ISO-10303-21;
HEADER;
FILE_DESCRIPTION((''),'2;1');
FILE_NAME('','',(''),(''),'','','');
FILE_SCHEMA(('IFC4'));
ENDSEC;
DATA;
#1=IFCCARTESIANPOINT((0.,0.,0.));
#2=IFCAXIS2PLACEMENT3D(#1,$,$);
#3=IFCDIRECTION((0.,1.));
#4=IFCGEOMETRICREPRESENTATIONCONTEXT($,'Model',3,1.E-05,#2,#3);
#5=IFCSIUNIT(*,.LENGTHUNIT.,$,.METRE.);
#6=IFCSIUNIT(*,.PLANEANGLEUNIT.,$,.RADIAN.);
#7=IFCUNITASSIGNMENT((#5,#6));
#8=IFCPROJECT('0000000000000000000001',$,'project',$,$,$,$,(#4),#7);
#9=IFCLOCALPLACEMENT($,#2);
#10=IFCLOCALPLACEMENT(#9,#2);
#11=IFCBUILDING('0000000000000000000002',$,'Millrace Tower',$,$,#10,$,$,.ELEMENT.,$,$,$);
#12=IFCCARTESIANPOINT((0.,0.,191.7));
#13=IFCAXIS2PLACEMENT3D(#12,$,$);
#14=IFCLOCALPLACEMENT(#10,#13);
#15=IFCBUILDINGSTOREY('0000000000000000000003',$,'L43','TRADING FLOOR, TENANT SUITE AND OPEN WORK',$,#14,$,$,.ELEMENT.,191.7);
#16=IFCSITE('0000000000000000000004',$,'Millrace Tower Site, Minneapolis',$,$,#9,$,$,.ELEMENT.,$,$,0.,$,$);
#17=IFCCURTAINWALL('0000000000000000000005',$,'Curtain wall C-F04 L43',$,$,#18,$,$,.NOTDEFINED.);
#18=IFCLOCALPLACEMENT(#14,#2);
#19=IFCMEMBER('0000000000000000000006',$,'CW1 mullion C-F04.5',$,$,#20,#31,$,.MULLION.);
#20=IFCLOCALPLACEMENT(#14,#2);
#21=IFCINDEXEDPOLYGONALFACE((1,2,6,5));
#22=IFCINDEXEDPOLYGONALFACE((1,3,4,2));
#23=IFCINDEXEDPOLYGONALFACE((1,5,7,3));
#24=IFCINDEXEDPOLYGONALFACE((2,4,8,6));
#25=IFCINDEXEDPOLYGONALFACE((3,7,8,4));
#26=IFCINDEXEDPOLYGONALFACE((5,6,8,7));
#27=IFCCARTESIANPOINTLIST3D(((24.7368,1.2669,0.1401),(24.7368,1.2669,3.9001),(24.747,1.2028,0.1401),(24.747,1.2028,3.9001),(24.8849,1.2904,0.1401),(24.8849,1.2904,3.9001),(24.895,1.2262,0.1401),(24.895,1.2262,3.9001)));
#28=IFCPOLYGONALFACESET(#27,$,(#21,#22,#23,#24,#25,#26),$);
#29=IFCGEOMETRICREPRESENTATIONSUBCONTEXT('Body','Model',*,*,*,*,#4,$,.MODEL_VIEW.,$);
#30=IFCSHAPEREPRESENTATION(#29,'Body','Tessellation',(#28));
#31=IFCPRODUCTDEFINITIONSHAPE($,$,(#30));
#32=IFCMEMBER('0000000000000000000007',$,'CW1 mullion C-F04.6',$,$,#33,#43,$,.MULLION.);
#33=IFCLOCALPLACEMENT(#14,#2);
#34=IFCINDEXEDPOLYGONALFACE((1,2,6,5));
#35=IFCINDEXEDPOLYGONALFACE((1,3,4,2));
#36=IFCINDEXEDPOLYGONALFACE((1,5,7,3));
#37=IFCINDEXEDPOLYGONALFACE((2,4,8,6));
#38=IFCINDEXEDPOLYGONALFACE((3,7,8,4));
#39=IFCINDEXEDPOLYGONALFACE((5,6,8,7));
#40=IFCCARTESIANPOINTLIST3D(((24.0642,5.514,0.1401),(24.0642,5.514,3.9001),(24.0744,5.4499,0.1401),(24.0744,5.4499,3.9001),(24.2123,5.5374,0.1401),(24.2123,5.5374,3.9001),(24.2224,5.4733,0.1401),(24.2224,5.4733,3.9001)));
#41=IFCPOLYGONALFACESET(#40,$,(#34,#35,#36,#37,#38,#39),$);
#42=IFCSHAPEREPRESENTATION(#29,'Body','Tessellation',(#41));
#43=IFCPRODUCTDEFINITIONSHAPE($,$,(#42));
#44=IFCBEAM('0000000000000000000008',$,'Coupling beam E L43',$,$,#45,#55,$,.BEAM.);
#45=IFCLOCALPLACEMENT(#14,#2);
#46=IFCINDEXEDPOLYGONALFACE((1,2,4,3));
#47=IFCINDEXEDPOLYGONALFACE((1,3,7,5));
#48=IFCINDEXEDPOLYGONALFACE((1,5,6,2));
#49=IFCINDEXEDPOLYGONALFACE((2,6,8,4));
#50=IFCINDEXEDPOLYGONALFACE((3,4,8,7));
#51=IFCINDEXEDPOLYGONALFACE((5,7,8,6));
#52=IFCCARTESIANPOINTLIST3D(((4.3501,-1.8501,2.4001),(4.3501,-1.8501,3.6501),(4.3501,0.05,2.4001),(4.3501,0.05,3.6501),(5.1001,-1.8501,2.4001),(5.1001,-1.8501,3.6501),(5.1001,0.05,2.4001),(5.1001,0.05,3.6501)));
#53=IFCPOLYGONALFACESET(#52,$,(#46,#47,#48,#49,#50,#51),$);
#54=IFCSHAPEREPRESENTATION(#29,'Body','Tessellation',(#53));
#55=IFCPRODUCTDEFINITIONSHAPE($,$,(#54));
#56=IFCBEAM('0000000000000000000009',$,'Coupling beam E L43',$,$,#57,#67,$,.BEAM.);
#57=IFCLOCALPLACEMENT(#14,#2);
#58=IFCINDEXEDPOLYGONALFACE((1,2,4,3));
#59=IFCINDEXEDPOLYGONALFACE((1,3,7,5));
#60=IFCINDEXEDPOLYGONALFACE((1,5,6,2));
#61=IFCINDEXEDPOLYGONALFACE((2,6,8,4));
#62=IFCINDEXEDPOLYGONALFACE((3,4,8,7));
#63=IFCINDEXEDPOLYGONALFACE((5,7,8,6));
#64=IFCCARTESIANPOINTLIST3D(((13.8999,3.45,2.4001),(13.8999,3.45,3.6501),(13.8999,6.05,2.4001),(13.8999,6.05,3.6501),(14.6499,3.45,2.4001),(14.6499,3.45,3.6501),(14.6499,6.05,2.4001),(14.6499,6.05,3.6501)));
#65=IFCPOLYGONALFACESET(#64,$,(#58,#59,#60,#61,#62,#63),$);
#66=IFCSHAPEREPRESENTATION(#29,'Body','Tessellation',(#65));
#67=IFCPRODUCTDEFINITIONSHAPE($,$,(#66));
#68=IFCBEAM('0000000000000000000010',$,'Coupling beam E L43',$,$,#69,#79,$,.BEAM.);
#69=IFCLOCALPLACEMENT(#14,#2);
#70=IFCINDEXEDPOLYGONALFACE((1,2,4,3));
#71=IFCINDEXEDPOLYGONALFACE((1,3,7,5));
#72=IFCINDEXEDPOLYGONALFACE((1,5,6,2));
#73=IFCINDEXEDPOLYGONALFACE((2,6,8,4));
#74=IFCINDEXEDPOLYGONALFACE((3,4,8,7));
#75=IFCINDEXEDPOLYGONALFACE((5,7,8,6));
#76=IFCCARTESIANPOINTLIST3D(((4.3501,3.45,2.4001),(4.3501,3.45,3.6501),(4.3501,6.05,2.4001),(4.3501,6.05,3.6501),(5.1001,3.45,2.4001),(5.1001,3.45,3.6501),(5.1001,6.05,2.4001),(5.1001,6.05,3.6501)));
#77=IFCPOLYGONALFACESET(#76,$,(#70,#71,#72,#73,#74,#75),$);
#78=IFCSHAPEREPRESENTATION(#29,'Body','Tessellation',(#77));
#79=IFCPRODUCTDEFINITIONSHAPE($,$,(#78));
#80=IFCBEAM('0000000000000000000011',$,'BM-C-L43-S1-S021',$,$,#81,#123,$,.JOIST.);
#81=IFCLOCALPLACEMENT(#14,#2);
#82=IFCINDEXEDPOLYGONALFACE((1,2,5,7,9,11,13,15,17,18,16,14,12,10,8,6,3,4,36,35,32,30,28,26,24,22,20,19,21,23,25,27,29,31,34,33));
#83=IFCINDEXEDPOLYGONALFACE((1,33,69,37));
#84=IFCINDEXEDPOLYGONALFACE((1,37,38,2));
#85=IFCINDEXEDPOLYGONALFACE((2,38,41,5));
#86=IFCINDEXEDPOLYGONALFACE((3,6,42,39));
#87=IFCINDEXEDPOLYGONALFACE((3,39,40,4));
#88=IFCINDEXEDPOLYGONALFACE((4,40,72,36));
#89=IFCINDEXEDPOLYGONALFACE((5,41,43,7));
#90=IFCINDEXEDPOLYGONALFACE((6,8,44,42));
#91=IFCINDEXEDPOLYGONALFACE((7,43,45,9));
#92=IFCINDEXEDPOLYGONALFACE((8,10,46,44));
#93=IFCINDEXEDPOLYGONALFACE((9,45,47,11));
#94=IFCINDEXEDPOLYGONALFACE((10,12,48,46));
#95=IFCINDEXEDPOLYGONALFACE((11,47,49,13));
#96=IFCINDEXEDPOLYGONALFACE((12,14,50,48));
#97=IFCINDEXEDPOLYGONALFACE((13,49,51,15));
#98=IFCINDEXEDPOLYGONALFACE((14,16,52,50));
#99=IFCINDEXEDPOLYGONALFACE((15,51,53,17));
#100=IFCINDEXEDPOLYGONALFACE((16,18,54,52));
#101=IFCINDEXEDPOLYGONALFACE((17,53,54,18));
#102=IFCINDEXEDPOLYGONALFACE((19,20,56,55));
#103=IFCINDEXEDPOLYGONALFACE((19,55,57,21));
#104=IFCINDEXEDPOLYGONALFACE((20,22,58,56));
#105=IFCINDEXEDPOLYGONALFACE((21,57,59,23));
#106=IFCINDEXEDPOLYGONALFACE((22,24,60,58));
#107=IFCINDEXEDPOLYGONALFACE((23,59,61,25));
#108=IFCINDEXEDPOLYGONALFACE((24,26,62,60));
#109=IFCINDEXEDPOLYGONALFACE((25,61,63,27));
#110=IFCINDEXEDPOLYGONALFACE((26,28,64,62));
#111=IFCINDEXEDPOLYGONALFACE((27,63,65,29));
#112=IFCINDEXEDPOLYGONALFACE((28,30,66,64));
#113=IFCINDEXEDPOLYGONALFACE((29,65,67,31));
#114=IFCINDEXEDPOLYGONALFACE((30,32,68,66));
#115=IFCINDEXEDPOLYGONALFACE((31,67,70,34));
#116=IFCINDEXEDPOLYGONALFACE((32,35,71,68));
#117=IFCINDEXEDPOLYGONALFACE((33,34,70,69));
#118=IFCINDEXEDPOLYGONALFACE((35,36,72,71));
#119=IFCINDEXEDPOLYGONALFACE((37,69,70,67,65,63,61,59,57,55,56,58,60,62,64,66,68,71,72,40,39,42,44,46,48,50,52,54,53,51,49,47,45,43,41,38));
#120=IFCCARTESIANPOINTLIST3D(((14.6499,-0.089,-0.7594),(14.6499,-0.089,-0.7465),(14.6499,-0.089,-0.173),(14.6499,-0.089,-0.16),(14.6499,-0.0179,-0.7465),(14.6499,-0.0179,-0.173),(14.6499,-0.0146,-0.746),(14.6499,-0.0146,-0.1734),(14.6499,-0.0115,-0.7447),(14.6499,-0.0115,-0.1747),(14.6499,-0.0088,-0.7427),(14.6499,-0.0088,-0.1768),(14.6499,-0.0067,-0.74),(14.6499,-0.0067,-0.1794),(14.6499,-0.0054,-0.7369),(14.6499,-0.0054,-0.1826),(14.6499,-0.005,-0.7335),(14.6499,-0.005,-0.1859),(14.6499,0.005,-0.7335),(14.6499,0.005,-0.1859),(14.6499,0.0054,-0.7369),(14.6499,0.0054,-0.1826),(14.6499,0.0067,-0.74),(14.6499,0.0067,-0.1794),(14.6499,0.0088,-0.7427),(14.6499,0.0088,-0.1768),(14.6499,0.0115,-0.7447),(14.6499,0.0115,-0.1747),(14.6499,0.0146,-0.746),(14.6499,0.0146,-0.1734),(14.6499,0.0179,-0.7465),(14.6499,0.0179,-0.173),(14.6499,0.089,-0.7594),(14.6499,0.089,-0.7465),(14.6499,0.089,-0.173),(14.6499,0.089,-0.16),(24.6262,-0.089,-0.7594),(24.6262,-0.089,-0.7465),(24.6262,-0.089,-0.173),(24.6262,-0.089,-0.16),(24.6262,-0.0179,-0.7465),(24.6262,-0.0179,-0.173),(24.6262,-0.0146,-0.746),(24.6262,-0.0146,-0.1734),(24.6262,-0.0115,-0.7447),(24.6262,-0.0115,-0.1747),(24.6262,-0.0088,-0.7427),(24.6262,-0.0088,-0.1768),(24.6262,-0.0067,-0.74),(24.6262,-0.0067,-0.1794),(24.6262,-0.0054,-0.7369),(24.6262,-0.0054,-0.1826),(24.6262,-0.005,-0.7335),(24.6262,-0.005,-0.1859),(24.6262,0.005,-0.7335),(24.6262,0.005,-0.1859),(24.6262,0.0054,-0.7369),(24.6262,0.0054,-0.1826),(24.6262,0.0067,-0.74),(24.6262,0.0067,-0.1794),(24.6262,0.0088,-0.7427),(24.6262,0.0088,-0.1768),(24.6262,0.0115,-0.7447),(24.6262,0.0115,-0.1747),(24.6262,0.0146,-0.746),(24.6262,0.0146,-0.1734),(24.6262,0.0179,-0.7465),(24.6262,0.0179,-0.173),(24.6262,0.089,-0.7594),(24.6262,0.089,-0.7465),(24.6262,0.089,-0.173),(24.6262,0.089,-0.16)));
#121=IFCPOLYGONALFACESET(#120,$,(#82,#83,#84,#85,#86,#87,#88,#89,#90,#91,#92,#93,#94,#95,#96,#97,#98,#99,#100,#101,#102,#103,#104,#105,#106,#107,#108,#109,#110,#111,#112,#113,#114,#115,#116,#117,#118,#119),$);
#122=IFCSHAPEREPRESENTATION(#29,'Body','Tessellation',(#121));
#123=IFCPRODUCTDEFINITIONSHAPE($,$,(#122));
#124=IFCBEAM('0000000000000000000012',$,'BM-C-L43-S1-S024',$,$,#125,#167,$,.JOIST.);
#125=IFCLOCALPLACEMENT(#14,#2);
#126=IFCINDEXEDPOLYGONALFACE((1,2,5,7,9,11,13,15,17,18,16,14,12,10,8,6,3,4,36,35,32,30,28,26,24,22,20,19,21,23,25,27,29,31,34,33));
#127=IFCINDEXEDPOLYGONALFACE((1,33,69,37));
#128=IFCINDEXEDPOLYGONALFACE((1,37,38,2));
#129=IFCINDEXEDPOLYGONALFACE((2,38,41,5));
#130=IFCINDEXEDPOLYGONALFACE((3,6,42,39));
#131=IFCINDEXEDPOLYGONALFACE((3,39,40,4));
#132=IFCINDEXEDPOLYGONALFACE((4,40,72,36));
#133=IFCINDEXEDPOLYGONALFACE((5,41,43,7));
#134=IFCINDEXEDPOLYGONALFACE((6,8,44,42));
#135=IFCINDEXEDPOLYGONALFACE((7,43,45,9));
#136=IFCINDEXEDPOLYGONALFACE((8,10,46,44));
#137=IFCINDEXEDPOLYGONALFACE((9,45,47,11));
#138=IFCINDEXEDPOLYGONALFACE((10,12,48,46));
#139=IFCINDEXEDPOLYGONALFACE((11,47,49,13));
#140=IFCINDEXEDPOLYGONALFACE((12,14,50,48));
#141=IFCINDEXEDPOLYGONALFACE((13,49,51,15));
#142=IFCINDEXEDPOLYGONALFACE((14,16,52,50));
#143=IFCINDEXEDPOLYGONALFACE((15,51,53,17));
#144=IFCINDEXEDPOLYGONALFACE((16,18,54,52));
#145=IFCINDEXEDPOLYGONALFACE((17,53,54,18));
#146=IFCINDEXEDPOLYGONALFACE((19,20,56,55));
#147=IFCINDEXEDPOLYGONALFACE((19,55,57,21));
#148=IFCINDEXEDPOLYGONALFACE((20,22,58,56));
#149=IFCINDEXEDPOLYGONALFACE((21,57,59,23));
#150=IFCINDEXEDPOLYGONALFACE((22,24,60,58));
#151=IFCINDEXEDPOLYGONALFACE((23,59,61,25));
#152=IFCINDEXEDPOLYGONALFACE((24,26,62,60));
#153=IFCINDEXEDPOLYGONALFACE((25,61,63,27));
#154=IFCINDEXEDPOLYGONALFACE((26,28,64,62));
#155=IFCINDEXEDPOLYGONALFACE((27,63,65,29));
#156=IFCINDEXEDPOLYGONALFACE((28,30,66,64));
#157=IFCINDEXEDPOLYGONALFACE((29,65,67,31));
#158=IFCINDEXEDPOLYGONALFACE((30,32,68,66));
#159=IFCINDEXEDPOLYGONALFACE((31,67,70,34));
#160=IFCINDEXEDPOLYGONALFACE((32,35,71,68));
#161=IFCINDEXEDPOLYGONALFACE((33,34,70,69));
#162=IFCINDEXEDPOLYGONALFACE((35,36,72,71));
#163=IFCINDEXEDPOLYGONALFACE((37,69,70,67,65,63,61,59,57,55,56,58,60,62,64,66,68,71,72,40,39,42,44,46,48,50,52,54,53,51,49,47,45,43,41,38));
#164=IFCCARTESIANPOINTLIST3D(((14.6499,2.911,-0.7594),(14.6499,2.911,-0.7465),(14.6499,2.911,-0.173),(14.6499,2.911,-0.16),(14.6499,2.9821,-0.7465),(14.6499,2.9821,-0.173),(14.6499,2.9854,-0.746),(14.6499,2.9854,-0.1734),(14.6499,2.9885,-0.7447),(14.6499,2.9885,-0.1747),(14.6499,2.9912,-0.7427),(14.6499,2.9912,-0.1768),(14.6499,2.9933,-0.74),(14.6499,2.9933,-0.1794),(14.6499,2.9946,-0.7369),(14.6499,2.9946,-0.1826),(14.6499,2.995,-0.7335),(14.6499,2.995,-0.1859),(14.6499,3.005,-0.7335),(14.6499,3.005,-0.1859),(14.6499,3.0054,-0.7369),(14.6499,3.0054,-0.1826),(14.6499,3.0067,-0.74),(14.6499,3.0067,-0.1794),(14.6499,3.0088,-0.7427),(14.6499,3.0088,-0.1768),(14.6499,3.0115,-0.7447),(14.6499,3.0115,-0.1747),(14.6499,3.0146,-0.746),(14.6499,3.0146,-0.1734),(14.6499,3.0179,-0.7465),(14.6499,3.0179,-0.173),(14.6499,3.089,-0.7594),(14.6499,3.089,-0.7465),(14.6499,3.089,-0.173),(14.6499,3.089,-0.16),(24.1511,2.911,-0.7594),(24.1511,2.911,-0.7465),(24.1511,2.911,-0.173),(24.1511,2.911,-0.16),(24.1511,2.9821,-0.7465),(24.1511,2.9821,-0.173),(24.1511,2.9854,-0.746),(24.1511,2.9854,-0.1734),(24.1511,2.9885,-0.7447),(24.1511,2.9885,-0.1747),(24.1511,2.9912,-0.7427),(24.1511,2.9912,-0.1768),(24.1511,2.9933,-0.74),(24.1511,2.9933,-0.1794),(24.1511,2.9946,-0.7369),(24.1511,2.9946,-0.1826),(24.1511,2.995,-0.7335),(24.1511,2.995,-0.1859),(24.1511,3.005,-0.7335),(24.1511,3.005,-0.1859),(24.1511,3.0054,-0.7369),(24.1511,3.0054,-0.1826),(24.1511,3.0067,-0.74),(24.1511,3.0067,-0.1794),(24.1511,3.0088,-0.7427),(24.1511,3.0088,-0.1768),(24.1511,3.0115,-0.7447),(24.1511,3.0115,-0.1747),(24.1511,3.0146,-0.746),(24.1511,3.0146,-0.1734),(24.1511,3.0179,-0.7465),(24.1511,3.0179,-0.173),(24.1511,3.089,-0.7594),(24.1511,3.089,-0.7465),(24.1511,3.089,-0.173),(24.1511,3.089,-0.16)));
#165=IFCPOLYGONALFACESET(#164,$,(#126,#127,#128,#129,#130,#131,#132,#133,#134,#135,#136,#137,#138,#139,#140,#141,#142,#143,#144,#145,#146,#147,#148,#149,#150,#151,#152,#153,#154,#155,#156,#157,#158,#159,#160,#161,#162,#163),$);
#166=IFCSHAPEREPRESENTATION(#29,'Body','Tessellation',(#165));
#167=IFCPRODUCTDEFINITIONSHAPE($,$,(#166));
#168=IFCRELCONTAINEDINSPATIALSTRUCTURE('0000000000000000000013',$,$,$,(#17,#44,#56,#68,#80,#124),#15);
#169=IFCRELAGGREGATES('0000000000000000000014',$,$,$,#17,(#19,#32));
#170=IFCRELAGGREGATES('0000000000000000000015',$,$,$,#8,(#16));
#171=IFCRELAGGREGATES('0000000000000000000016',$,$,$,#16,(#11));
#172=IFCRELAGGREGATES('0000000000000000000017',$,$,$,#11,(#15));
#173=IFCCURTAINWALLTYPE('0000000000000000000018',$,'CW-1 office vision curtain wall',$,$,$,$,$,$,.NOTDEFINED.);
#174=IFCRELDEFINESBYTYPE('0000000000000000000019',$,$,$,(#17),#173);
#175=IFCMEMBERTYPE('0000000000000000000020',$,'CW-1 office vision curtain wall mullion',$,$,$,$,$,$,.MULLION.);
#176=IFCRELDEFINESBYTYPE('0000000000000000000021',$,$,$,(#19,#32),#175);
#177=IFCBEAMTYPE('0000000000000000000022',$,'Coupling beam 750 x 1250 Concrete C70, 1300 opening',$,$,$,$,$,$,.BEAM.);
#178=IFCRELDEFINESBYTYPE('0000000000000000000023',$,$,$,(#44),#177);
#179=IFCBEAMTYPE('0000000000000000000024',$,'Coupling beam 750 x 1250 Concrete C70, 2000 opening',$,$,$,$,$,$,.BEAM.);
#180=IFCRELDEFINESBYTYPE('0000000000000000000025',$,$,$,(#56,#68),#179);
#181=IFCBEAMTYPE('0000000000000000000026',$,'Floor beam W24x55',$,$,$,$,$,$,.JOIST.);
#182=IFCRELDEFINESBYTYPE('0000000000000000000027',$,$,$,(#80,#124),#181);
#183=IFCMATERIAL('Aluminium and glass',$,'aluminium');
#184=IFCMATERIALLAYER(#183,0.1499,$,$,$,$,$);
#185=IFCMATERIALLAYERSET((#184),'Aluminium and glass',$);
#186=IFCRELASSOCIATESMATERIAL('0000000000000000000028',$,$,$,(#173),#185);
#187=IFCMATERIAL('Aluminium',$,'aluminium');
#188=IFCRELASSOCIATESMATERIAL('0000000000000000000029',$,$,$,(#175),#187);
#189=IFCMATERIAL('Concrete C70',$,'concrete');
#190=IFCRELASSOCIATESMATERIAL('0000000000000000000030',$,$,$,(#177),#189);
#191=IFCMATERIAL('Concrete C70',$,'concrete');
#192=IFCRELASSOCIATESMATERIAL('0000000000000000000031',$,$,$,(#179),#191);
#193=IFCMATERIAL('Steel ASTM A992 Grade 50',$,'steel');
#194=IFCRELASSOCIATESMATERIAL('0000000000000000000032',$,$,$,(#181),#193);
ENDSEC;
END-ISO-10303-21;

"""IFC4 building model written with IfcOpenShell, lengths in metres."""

from ifc_helpers import new_model, si_unit, direction, frame, origin, origin_2d, place, context, subcontext, project, spatial, rectangle, i_section, extrude, material, layer, layer_set, material_profile, profile_set, type_object, element, aggregate, save


model = new_model("IFC4")

# Units and contexts
model_context = context("Model", 3, precision=1e-05, world=origin(), true_north=direction((0.0, 1.0)))
body_context = subcontext(model_context, "Body", "Model", "MODEL_VIEW")
ifc_project = project(units=[si_unit("LENGTHUNIT", "METRE"), si_unit("PLANEANGLEUNIT", "RADIAN")], contexts=[model_context])

# Site, building, storey
site_placement = place(None, origin())
site = spatial("IfcSite", under=ifc_project, at=site_placement, Name="Millrace Tower Site, Minneapolis", CompositionType="ELEMENT", RefElevation=0.0)
building_placement = place(site_placement, origin())
building = spatial("IfcBuilding", under=site, at=building_placement, Name="Millrace Tower", CompositionType="ELEMENT")
storey_placement = place(building_placement, frame((0.0, 0.0, 191.7)))
storey = spatial("IfcBuildingStorey", under=building, at=storey_placement, Name="L43", Description="TRADING FLOOR, TENANT SUITE AND OPEN WORK", CompositionType="ELEMENT", Elevation=191.7)

# Curtain wall, members
ifc_material_1 = material(Name="Aluminium and glass", Category="aluminium")
ifc_layer_1 = layer(ifc_material_1, 0.1499)
ifc_layer_set_1 = layer_set([ifc_layer_1], Name="Aluminium and glass")
curtain_wall_type = type_object("IfcCurtainWallType", Name="CW-1 office vision curtain wall", PredefinedType="NOTDEFINED", material=ifc_layer_set_1)
curtain_wall_placement = place(storey_placement, origin())
curtain_wall = element("IfcCurtainWall", 1, at=curtain_wall_placement, inside=storey, type_object=curtain_wall_type, Name="Curtain wall C-F04 L43", PredefinedType="NOTDEFINED")
ifc_material_2 = material(Name="Aluminium", Category="aluminium")
ifc_material_profile_1 = material_profile(ifc_material_2, rectangle(XDim=0.0649, YDim=0.1499, at=origin_2d()))
ifc_profile_set_1 = profile_set([ifc_material_profile_1], Name="Aluminium")
member_type = type_object("IfcMemberType", Name="CW-1 office vision curtain wall mullion", PredefinedType="MULLION", material=ifc_profile_set_1)
member_1_placement = place(storey_placement, frame((24.8159, 1.2466, 0.1401), z_axis=(0.0, 0.0, 1.0), x_axis=(-0.156434, 0.987688, 0.0)))
member_1 = element("IfcMember", 2, at=member_1_placement, type_object=member_type, Name="CW1 mullion C-F04.5", PredefinedType="MULLION", context=body_context, shape_type="SweptSolid", body=[
    extrude(rectangle(XDim=0.0649, YDim=0.1499, at=origin_2d()), origin(), (0.0, 0.0, 1.0), 3.76),
])
member_2_placement = place(storey_placement, frame((24.1433, 5.4937, 0.1401), z_axis=(0.0, 0.0, 1.0), x_axis=(-0.156434, 0.987688, 0.0)))
member_2 = element("IfcMember", 3, at=member_2_placement, type_object=member_type, Name="CW1 mullion C-F04.6", PredefinedType="MULLION", context=body_context, shape_type="SweptSolid", body=[
    extrude(rectangle(XDim=0.0649, YDim=0.1499, at=origin_2d()), origin(), (0.0, 0.0, 1.0), 3.76),
])
aggregate(curtain_wall, [member_1, member_2])

# Beams
ifc_material_3 = material(Name="Concrete C70", Category="concrete")
ifc_material_profile_2 = material_profile(ifc_material_3, rectangle(XDim=0.75, YDim=1.25, at=origin_2d()))
ifc_profile_set_2 = profile_set([ifc_material_profile_2], Name="Concrete C70")
beam_type_1 = type_object("IfcBeamType", Name="Coupling beam 750 x 1250 Concrete C70, 1300 opening", PredefinedType="BEAM", material=ifc_profile_set_2)
beam_1_placement = place(storey_placement, frame((4.7251, 0.05, 3.0251), z_axis=(0.0, -1.0, 0.0), x_axis=(1.0, 0.0, 0.0)))
element("IfcBeam", 4, at=beam_1_placement, inside=storey, type_object=beam_type_1, Name="Coupling beam E L43", PredefinedType="BEAM", context=body_context, shape_type="SweptSolid", body=[
    extrude(rectangle(XDim=0.75, YDim=1.25, at=origin_2d()), origin(), (0.0, 0.0, 1.0), 1.9001),
])
ifc_material_4 = material(Name="Concrete C70", Category="concrete")
ifc_material_profile_3 = material_profile(ifc_material_4, rectangle(XDim=0.75, YDim=1.25, at=origin_2d()))
ifc_profile_set_3 = profile_set([ifc_material_profile_3], Name="Concrete C70")
beam_type_2 = type_object("IfcBeamType", Name="Coupling beam 750 x 1250 Concrete C70, 2000 opening", PredefinedType="BEAM", material=ifc_profile_set_3)
for number, where, z_axis, x_axis, name in (
    (5, (14.2749, 6.05, 3.0251), (0.0, -1.0, 0.0), (1.0, 0.0, 0.0), "Coupling beam E L43"),
    (6, (4.7251, 6.05, 3.0251), (0.0, -1.0, 0.0), (1.0, 0.0, 0.0), "Coupling beam E L43"),
):
    element("IfcBeam", number, at=place(storey_placement, frame(where, z_axis=z_axis, x_axis=x_axis)), inside=storey, type_object=beam_type_2, Name=name, PredefinedType="BEAM", context=body_context, shape_type="SweptSolid", body=[
        extrude(rectangle(XDim=0.75, YDim=1.25, at=origin_2d()), origin(), (0.0, 0.0, 1.0), 2.6001),
    ])
ifc_material_5 = material(Name="Steel ASTM A992 Grade 50", Category="steel")
ifc_material_profile_4 = material_profile(ifc_material_5, i_section(OverallWidth=0.178, OverallDepth=0.5994, WebThickness=0.01, FlangeThickness=0.0129, FilletRadius=0.0129, at=origin_2d()))
ifc_profile_set_4 = profile_set([ifc_material_profile_4], Name="Steel ASTM A992 Grade 50")
beam_type_3 = type_object("IfcBeamType", Name="Floor beam W24x55", PredefinedType="JOIST", material=ifc_profile_set_4)
beam_2_placement = place(storey_placement, frame((14.6499, 0.0, -0.4597), z_axis=(1.0, 0.0, 0.0), x_axis=(0.0, 1.0, 0.0)))
element("IfcBeam", 7, at=beam_2_placement, inside=storey, type_object=beam_type_3, Name="BM-C-L43-S1-S021", PredefinedType="JOIST", context=body_context, shape_type="SweptSolid", body=[
    extrude(i_section(OverallWidth=0.178, OverallDepth=0.5994, WebThickness=0.01, FlangeThickness=0.0129, FilletRadius=0.0129, at=origin_2d()), origin(), (0.0, 0.0, 1.0), 9.9763),
])
beam_3_placement = place(storey_placement, frame((14.6499, 3.0, -0.4597), z_axis=(1.0, 0.0, 0.0), x_axis=(0.0, 1.0, 0.0)))
element("IfcBeam", 8, at=beam_3_placement, inside=storey, type_object=beam_type_3, Name="BM-C-L43-S1-S024", PredefinedType="JOIST", context=body_context, shape_type="SweptSolid", body=[
    extrude(i_section(OverallWidth=0.178, OverallDepth=0.5994, WebThickness=0.01, FlangeThickness=0.0129, FilletRadius=0.0129, at=origin_2d()), origin(), (0.0, 0.0, 1.0), 9.5012),
])

save(model, "model.ifc")
